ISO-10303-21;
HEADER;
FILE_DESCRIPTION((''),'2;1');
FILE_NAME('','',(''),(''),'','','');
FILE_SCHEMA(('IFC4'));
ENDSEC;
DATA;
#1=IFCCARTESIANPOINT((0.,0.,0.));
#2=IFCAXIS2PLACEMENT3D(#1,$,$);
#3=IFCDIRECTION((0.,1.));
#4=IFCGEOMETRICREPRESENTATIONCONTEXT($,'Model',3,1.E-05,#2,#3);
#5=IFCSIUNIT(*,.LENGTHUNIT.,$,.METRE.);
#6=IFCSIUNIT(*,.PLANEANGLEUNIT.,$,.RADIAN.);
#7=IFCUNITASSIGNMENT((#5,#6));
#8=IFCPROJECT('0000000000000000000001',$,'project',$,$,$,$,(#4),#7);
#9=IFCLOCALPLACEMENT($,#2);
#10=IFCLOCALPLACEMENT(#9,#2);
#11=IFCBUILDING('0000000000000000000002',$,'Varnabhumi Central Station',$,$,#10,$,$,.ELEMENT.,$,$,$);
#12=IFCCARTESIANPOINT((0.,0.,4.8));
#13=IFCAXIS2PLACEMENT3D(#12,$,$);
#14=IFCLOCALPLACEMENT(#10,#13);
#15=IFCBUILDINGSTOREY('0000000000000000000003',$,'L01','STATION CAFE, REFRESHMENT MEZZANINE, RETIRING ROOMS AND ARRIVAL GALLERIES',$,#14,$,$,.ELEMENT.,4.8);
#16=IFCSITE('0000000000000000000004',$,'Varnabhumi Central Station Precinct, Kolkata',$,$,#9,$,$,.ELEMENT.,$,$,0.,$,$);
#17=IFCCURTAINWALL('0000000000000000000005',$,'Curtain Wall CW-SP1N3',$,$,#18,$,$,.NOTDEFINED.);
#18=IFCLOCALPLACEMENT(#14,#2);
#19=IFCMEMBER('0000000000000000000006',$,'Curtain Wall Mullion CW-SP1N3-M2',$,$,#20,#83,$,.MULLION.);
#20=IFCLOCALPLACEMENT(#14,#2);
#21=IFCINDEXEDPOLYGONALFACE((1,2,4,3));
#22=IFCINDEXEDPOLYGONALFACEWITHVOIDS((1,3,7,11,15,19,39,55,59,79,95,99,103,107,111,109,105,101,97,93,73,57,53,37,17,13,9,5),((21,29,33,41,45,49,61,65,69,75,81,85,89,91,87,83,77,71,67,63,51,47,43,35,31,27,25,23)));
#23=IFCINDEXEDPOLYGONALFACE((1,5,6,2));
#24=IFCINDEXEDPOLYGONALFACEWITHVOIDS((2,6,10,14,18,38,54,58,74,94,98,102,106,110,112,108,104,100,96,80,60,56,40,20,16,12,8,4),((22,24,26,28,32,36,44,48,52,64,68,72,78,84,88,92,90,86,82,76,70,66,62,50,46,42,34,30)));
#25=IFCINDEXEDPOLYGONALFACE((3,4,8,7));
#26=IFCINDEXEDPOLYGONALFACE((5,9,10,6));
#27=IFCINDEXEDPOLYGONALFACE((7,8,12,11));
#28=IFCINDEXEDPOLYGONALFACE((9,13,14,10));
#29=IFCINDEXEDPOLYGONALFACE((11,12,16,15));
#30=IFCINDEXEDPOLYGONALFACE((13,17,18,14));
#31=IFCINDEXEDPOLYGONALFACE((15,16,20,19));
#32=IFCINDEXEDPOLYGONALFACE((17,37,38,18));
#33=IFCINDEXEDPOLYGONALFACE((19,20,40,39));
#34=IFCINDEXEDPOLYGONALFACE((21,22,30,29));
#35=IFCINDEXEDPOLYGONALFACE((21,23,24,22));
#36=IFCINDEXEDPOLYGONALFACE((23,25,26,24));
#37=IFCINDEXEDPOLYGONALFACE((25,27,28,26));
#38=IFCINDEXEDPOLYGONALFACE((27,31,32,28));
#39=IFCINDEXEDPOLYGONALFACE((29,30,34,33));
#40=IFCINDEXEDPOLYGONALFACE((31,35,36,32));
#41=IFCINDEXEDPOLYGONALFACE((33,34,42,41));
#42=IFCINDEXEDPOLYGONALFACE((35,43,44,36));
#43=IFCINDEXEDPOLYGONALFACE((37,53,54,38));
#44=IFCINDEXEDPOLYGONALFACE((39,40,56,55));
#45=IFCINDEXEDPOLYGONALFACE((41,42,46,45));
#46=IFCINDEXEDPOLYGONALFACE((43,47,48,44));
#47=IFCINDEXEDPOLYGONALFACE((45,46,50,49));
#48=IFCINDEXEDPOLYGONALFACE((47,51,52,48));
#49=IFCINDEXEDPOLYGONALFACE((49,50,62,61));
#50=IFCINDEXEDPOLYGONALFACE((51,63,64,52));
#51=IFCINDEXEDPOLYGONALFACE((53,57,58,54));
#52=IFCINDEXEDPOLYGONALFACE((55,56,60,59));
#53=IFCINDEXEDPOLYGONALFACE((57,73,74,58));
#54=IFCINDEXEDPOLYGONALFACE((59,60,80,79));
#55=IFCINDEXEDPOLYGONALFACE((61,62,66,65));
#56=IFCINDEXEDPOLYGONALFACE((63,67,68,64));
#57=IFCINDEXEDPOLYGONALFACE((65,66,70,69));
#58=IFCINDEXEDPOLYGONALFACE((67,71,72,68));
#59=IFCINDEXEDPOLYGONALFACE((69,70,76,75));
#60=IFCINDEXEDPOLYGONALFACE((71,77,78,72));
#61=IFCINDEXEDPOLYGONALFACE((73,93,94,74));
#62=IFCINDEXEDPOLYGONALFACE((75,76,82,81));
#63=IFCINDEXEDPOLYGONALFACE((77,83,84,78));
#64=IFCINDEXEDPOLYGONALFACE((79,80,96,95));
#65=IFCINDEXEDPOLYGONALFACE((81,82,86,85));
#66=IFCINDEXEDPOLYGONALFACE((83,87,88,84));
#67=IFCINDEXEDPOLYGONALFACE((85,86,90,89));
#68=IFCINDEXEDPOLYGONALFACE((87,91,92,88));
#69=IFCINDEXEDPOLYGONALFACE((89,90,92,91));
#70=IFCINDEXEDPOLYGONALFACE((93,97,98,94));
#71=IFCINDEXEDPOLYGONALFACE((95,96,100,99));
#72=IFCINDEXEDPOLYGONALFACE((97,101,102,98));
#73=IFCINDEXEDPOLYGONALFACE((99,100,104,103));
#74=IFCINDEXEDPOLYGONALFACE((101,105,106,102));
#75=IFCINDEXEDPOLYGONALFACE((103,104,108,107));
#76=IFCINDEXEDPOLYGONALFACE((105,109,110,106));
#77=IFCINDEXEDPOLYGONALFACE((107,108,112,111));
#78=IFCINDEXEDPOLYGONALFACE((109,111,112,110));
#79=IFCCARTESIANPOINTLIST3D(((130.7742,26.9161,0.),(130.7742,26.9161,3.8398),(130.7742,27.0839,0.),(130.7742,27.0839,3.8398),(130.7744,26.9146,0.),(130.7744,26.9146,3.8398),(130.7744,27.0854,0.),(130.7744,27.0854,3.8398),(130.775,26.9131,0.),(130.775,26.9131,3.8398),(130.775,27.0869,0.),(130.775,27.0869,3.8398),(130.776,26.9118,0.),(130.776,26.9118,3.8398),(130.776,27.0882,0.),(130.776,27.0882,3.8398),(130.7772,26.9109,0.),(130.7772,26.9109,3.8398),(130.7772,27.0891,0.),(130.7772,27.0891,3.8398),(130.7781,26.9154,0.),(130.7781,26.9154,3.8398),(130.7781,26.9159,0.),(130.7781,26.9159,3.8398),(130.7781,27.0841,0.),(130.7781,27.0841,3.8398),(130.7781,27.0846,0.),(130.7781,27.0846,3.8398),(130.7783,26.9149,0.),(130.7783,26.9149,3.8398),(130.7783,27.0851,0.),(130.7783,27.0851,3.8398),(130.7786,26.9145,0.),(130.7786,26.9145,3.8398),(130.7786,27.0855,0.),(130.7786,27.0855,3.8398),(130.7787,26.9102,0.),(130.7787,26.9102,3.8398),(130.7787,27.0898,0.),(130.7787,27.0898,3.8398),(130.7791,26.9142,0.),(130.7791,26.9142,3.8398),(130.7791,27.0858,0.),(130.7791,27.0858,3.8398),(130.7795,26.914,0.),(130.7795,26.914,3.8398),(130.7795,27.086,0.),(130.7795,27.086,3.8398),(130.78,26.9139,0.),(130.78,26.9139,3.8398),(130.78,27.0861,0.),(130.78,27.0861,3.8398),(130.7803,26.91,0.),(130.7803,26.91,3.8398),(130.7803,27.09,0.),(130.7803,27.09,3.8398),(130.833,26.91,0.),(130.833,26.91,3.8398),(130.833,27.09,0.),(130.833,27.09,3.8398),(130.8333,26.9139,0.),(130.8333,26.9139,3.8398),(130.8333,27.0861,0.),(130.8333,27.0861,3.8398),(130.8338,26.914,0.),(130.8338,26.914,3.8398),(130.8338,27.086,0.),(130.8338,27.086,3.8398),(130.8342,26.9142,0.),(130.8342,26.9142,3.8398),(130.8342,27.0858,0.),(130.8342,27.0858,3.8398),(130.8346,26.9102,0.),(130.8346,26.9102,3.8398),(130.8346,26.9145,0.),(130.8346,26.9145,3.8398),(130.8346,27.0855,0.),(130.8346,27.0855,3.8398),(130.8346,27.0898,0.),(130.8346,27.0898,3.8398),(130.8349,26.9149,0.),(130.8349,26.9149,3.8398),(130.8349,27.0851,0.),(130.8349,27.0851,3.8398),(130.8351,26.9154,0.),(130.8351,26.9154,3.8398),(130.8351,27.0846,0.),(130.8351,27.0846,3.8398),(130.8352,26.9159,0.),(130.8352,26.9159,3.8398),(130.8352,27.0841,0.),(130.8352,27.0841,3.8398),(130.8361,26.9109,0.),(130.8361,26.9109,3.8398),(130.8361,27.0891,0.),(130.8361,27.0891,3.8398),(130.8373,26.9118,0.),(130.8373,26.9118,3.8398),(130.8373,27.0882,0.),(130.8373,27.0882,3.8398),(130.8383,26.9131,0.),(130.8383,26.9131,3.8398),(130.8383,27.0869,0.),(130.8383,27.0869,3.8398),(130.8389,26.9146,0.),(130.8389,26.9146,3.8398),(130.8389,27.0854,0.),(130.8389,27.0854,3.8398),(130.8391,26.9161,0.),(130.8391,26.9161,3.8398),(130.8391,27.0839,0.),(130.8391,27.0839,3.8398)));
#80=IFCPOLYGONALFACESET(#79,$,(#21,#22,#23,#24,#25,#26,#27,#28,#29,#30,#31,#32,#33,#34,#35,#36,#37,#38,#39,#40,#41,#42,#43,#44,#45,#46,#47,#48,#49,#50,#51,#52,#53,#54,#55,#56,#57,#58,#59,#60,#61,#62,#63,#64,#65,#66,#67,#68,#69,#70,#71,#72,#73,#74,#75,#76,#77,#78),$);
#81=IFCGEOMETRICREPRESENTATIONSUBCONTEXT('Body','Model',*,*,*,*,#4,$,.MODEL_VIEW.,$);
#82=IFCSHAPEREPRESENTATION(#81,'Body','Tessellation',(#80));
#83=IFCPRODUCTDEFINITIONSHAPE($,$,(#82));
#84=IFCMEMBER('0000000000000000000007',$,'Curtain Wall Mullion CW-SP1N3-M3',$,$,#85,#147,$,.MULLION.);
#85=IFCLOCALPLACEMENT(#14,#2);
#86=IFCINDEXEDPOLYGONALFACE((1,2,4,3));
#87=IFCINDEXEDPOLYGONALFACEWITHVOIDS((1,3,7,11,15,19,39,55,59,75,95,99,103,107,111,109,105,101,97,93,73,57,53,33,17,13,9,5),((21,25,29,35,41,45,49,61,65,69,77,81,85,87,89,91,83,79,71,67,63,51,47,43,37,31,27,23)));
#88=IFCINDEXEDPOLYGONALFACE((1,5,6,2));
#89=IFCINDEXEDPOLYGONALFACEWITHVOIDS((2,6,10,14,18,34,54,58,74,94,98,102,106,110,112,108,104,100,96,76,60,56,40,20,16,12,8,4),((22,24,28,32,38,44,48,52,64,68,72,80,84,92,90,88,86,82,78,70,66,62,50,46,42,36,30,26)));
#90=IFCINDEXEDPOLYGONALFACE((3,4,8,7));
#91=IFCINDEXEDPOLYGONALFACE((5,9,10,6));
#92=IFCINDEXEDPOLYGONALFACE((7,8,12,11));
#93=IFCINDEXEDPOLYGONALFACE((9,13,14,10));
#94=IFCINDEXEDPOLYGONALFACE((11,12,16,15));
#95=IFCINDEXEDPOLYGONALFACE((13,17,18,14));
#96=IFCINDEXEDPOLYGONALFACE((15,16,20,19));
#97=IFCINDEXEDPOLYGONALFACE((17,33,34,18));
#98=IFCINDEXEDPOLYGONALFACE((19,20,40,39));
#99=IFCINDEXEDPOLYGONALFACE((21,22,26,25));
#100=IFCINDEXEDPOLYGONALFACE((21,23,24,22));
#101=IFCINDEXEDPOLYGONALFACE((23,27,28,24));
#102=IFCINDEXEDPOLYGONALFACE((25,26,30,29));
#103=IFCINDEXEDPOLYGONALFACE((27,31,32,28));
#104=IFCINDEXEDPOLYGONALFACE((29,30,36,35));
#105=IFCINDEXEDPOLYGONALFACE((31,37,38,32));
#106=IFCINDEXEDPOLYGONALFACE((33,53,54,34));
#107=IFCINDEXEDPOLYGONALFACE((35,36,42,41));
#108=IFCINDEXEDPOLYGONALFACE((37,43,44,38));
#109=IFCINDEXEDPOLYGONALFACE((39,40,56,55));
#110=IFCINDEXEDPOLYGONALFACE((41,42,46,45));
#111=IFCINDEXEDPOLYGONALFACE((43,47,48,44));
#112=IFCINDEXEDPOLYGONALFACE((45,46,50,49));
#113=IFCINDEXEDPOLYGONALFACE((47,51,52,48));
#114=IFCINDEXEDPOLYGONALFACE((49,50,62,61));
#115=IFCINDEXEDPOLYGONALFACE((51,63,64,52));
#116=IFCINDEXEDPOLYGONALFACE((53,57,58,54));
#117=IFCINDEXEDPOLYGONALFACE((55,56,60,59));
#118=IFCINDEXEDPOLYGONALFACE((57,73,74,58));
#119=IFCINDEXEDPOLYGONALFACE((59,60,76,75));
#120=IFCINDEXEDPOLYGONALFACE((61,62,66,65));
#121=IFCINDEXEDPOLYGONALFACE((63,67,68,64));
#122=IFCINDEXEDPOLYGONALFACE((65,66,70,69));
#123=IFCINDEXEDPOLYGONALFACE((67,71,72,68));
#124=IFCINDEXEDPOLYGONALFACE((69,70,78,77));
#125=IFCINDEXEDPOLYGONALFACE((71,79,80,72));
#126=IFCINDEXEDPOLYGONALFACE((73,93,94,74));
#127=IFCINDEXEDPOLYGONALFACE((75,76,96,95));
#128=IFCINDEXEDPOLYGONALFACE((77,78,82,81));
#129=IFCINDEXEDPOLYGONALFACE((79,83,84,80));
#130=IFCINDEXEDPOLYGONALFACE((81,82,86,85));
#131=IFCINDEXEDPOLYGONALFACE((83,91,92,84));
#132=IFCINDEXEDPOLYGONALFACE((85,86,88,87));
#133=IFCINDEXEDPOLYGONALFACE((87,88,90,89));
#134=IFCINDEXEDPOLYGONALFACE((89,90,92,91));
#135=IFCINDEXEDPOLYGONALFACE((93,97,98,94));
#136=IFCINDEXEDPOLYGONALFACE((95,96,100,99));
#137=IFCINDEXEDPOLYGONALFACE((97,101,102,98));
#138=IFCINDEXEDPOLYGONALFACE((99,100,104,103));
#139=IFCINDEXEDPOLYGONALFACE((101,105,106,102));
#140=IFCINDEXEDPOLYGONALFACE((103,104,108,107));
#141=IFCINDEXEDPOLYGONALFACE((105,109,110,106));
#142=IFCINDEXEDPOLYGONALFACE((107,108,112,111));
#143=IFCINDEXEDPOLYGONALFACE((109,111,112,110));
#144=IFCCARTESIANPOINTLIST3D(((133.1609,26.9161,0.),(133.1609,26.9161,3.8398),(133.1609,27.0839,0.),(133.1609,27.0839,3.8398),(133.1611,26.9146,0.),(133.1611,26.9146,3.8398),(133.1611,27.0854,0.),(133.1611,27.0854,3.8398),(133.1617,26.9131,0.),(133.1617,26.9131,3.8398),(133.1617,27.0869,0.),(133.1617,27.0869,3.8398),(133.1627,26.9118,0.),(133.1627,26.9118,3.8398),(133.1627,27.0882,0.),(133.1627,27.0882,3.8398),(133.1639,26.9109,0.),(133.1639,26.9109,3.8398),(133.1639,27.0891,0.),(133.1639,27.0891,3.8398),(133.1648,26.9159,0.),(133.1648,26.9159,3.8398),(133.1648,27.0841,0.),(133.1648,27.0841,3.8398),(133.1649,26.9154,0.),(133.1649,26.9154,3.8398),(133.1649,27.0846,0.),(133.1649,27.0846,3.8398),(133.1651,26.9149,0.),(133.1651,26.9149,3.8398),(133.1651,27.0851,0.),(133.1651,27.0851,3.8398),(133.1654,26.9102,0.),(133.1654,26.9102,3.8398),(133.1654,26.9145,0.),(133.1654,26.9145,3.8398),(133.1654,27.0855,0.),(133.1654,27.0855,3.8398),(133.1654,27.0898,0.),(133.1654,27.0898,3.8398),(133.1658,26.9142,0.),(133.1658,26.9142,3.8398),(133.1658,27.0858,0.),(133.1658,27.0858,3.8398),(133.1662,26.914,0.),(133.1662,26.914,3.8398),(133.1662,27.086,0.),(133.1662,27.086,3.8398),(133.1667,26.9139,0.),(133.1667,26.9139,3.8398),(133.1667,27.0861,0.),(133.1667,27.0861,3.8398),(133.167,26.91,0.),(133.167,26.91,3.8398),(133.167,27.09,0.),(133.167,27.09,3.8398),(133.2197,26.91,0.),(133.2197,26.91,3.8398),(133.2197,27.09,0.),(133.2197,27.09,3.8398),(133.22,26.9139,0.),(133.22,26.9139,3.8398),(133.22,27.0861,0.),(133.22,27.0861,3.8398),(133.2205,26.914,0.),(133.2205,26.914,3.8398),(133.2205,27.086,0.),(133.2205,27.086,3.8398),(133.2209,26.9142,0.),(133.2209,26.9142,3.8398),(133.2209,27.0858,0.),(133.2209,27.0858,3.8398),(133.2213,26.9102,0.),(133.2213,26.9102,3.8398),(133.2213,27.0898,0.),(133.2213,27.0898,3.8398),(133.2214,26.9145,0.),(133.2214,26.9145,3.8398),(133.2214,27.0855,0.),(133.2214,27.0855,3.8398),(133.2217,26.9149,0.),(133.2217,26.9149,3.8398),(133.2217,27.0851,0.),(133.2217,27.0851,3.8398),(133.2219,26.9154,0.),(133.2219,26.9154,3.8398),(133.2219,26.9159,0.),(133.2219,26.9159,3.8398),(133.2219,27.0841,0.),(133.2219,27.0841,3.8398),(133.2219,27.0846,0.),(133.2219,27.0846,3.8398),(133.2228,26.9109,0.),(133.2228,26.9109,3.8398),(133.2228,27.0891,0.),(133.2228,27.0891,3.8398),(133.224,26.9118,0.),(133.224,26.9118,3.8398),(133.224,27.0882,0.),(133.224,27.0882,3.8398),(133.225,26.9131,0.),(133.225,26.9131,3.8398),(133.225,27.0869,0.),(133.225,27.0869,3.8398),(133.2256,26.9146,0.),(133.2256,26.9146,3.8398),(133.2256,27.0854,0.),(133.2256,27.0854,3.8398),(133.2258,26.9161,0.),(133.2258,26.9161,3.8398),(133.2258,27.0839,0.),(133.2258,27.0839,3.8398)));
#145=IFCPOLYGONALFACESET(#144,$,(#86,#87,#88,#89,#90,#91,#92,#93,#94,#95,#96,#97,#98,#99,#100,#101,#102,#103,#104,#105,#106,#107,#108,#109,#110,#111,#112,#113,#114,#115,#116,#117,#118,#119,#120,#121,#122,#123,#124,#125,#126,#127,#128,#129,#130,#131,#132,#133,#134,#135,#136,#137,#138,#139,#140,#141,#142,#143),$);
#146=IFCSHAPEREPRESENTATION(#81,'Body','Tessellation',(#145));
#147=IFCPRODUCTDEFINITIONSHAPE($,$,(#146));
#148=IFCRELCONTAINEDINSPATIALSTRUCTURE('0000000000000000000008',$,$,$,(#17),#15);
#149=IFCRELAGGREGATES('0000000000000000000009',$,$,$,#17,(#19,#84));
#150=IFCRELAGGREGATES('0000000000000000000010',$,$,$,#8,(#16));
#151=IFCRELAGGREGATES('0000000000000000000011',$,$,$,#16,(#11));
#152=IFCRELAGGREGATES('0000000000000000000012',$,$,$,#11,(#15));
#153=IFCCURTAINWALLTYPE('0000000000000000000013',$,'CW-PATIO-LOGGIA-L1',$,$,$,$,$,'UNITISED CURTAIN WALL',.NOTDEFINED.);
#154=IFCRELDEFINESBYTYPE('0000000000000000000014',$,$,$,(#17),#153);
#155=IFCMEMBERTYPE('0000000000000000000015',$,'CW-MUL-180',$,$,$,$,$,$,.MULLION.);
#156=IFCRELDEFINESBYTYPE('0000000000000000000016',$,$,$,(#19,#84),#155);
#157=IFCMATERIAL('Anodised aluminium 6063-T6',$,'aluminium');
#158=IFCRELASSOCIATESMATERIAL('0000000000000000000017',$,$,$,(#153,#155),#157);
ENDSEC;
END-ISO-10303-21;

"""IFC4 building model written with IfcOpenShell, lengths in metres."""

from ifc_helpers import new_model, si_unit, direction, frame, origin, origin_2d, place, context, subcontext, project, spatial, hollow_rectangle, extrude, material, material_profile, profile_set, type_object, element, aggregate, save


model = new_model("IFC4")

# Units and contexts
model_context = context("Model", 3, precision=1e-05, world=origin(), true_north=direction((0.0, 1.0)))
body_context = subcontext(model_context, "Body", "Model", "MODEL_VIEW")
ifc_project = project(units=[si_unit("LENGTHUNIT", "METRE"), si_unit("PLANEANGLEUNIT", "RADIAN")], contexts=[model_context])

# Site, building, storey
site_placement = place(None, origin())
site = spatial("IfcSite", under=ifc_project, at=site_placement, Name="Varnabhumi Central Station Precinct, Kolkata", CompositionType="ELEMENT", RefElevation=0.0)
building_placement = place(site_placement, origin())
building = spatial("IfcBuilding", under=site, at=building_placement, Name="Varnabhumi Central Station", CompositionType="ELEMENT")
storey_placement = place(building_placement, frame((0.0, 0.0, 4.8)))
storey = spatial("IfcBuildingStorey", under=building, at=storey_placement, Name="L01", Description="STATION CAFE, REFRESHMENT MEZZANINE, RETIRING ROOMS AND ARRIVAL GALLERIES", CompositionType="ELEMENT", Elevation=4.8)

# Curtain wall, members
ifc_material_1 = material(Name="Anodised aluminium 6063-T6", Category="aluminium")
curtain_wall_type = type_object("IfcCurtainWallType", Name="CW-PATIO-LOGGIA-L1", ElementType="UNITISED CURTAIN WALL", PredefinedType="NOTDEFINED", material=ifc_material_1)
ifc_material_profile_1 = material_profile(ifc_material_1, hollow_rectangle(XDim=0.0649, YDim=0.1799, WallThickness=0.0039, InnerFilletRadius=0.002, OuterFilletRadius=0.0061, at=origin_2d()), Name="Anodised aluminium 6063-T6", Category="aluminium")
ifc_profile_set_1 = profile_set([ifc_material_profile_1], Name="Anodised aluminium 6063-T6")
member_type_1 = type_object("IfcMemberType", Name="CW-MUL-180", PredefinedType="MULLION", material=ifc_profile_set_1)
curtain_wall_1_placement = place(storey_placement, origin())
curtain_wall_1 = element("IfcCurtainWall", 1, at=curtain_wall_1_placement, inside=storey, type_object=curtain_wall_type, Name="Curtain Wall CW-SP1N3", PredefinedType="NOTDEFINED")
member_1_placement = place(storey_placement, frame((130.8066, 27.0, 0.0), z_axis=(0.0, 0.0, 1.0), x_axis=(1.0, 0.0, 0.0)))
member_1 = element("IfcMember", 2, at=member_1_placement, type_object=member_type_1, Name="Curtain Wall Mullion CW-SP1N3-M2", PredefinedType="MULLION", context=body_context, shape_type="SweptSolid", body=[
    extrude(hollow_rectangle(XDim=0.0649, YDim=0.1799, WallThickness=0.0039, InnerFilletRadius=0.002, OuterFilletRadius=0.0061, at=origin_2d()), origin(), (0.0, 0.0, 1.0), 3.8398),
])
member_2_placement = place(storey_placement, frame((133.1934, 27.0, 0.0), z_axis=(0.0, 0.0, 1.0), x_axis=(1.0, 0.0, 0.0)))
member_2 = element("IfcMember", 3, at=member_2_placement, type_object=member_type_1, Name="Curtain Wall Mullion CW-SP1N3-M3", PredefinedType="MULLION", context=body_context, shape_type="SweptSolid", body=[
    extrude(hollow_rectangle(XDim=0.0649, YDim=0.1799, WallThickness=0.0039, InnerFilletRadius=0.002, OuterFilletRadius=0.0061, at=origin_2d()), origin(), (0.0, 0.0, 1.0), 3.8398),
])

aggregate(curtain_wall_1, [member_1, member_2])

save(model, "model.ifc")
